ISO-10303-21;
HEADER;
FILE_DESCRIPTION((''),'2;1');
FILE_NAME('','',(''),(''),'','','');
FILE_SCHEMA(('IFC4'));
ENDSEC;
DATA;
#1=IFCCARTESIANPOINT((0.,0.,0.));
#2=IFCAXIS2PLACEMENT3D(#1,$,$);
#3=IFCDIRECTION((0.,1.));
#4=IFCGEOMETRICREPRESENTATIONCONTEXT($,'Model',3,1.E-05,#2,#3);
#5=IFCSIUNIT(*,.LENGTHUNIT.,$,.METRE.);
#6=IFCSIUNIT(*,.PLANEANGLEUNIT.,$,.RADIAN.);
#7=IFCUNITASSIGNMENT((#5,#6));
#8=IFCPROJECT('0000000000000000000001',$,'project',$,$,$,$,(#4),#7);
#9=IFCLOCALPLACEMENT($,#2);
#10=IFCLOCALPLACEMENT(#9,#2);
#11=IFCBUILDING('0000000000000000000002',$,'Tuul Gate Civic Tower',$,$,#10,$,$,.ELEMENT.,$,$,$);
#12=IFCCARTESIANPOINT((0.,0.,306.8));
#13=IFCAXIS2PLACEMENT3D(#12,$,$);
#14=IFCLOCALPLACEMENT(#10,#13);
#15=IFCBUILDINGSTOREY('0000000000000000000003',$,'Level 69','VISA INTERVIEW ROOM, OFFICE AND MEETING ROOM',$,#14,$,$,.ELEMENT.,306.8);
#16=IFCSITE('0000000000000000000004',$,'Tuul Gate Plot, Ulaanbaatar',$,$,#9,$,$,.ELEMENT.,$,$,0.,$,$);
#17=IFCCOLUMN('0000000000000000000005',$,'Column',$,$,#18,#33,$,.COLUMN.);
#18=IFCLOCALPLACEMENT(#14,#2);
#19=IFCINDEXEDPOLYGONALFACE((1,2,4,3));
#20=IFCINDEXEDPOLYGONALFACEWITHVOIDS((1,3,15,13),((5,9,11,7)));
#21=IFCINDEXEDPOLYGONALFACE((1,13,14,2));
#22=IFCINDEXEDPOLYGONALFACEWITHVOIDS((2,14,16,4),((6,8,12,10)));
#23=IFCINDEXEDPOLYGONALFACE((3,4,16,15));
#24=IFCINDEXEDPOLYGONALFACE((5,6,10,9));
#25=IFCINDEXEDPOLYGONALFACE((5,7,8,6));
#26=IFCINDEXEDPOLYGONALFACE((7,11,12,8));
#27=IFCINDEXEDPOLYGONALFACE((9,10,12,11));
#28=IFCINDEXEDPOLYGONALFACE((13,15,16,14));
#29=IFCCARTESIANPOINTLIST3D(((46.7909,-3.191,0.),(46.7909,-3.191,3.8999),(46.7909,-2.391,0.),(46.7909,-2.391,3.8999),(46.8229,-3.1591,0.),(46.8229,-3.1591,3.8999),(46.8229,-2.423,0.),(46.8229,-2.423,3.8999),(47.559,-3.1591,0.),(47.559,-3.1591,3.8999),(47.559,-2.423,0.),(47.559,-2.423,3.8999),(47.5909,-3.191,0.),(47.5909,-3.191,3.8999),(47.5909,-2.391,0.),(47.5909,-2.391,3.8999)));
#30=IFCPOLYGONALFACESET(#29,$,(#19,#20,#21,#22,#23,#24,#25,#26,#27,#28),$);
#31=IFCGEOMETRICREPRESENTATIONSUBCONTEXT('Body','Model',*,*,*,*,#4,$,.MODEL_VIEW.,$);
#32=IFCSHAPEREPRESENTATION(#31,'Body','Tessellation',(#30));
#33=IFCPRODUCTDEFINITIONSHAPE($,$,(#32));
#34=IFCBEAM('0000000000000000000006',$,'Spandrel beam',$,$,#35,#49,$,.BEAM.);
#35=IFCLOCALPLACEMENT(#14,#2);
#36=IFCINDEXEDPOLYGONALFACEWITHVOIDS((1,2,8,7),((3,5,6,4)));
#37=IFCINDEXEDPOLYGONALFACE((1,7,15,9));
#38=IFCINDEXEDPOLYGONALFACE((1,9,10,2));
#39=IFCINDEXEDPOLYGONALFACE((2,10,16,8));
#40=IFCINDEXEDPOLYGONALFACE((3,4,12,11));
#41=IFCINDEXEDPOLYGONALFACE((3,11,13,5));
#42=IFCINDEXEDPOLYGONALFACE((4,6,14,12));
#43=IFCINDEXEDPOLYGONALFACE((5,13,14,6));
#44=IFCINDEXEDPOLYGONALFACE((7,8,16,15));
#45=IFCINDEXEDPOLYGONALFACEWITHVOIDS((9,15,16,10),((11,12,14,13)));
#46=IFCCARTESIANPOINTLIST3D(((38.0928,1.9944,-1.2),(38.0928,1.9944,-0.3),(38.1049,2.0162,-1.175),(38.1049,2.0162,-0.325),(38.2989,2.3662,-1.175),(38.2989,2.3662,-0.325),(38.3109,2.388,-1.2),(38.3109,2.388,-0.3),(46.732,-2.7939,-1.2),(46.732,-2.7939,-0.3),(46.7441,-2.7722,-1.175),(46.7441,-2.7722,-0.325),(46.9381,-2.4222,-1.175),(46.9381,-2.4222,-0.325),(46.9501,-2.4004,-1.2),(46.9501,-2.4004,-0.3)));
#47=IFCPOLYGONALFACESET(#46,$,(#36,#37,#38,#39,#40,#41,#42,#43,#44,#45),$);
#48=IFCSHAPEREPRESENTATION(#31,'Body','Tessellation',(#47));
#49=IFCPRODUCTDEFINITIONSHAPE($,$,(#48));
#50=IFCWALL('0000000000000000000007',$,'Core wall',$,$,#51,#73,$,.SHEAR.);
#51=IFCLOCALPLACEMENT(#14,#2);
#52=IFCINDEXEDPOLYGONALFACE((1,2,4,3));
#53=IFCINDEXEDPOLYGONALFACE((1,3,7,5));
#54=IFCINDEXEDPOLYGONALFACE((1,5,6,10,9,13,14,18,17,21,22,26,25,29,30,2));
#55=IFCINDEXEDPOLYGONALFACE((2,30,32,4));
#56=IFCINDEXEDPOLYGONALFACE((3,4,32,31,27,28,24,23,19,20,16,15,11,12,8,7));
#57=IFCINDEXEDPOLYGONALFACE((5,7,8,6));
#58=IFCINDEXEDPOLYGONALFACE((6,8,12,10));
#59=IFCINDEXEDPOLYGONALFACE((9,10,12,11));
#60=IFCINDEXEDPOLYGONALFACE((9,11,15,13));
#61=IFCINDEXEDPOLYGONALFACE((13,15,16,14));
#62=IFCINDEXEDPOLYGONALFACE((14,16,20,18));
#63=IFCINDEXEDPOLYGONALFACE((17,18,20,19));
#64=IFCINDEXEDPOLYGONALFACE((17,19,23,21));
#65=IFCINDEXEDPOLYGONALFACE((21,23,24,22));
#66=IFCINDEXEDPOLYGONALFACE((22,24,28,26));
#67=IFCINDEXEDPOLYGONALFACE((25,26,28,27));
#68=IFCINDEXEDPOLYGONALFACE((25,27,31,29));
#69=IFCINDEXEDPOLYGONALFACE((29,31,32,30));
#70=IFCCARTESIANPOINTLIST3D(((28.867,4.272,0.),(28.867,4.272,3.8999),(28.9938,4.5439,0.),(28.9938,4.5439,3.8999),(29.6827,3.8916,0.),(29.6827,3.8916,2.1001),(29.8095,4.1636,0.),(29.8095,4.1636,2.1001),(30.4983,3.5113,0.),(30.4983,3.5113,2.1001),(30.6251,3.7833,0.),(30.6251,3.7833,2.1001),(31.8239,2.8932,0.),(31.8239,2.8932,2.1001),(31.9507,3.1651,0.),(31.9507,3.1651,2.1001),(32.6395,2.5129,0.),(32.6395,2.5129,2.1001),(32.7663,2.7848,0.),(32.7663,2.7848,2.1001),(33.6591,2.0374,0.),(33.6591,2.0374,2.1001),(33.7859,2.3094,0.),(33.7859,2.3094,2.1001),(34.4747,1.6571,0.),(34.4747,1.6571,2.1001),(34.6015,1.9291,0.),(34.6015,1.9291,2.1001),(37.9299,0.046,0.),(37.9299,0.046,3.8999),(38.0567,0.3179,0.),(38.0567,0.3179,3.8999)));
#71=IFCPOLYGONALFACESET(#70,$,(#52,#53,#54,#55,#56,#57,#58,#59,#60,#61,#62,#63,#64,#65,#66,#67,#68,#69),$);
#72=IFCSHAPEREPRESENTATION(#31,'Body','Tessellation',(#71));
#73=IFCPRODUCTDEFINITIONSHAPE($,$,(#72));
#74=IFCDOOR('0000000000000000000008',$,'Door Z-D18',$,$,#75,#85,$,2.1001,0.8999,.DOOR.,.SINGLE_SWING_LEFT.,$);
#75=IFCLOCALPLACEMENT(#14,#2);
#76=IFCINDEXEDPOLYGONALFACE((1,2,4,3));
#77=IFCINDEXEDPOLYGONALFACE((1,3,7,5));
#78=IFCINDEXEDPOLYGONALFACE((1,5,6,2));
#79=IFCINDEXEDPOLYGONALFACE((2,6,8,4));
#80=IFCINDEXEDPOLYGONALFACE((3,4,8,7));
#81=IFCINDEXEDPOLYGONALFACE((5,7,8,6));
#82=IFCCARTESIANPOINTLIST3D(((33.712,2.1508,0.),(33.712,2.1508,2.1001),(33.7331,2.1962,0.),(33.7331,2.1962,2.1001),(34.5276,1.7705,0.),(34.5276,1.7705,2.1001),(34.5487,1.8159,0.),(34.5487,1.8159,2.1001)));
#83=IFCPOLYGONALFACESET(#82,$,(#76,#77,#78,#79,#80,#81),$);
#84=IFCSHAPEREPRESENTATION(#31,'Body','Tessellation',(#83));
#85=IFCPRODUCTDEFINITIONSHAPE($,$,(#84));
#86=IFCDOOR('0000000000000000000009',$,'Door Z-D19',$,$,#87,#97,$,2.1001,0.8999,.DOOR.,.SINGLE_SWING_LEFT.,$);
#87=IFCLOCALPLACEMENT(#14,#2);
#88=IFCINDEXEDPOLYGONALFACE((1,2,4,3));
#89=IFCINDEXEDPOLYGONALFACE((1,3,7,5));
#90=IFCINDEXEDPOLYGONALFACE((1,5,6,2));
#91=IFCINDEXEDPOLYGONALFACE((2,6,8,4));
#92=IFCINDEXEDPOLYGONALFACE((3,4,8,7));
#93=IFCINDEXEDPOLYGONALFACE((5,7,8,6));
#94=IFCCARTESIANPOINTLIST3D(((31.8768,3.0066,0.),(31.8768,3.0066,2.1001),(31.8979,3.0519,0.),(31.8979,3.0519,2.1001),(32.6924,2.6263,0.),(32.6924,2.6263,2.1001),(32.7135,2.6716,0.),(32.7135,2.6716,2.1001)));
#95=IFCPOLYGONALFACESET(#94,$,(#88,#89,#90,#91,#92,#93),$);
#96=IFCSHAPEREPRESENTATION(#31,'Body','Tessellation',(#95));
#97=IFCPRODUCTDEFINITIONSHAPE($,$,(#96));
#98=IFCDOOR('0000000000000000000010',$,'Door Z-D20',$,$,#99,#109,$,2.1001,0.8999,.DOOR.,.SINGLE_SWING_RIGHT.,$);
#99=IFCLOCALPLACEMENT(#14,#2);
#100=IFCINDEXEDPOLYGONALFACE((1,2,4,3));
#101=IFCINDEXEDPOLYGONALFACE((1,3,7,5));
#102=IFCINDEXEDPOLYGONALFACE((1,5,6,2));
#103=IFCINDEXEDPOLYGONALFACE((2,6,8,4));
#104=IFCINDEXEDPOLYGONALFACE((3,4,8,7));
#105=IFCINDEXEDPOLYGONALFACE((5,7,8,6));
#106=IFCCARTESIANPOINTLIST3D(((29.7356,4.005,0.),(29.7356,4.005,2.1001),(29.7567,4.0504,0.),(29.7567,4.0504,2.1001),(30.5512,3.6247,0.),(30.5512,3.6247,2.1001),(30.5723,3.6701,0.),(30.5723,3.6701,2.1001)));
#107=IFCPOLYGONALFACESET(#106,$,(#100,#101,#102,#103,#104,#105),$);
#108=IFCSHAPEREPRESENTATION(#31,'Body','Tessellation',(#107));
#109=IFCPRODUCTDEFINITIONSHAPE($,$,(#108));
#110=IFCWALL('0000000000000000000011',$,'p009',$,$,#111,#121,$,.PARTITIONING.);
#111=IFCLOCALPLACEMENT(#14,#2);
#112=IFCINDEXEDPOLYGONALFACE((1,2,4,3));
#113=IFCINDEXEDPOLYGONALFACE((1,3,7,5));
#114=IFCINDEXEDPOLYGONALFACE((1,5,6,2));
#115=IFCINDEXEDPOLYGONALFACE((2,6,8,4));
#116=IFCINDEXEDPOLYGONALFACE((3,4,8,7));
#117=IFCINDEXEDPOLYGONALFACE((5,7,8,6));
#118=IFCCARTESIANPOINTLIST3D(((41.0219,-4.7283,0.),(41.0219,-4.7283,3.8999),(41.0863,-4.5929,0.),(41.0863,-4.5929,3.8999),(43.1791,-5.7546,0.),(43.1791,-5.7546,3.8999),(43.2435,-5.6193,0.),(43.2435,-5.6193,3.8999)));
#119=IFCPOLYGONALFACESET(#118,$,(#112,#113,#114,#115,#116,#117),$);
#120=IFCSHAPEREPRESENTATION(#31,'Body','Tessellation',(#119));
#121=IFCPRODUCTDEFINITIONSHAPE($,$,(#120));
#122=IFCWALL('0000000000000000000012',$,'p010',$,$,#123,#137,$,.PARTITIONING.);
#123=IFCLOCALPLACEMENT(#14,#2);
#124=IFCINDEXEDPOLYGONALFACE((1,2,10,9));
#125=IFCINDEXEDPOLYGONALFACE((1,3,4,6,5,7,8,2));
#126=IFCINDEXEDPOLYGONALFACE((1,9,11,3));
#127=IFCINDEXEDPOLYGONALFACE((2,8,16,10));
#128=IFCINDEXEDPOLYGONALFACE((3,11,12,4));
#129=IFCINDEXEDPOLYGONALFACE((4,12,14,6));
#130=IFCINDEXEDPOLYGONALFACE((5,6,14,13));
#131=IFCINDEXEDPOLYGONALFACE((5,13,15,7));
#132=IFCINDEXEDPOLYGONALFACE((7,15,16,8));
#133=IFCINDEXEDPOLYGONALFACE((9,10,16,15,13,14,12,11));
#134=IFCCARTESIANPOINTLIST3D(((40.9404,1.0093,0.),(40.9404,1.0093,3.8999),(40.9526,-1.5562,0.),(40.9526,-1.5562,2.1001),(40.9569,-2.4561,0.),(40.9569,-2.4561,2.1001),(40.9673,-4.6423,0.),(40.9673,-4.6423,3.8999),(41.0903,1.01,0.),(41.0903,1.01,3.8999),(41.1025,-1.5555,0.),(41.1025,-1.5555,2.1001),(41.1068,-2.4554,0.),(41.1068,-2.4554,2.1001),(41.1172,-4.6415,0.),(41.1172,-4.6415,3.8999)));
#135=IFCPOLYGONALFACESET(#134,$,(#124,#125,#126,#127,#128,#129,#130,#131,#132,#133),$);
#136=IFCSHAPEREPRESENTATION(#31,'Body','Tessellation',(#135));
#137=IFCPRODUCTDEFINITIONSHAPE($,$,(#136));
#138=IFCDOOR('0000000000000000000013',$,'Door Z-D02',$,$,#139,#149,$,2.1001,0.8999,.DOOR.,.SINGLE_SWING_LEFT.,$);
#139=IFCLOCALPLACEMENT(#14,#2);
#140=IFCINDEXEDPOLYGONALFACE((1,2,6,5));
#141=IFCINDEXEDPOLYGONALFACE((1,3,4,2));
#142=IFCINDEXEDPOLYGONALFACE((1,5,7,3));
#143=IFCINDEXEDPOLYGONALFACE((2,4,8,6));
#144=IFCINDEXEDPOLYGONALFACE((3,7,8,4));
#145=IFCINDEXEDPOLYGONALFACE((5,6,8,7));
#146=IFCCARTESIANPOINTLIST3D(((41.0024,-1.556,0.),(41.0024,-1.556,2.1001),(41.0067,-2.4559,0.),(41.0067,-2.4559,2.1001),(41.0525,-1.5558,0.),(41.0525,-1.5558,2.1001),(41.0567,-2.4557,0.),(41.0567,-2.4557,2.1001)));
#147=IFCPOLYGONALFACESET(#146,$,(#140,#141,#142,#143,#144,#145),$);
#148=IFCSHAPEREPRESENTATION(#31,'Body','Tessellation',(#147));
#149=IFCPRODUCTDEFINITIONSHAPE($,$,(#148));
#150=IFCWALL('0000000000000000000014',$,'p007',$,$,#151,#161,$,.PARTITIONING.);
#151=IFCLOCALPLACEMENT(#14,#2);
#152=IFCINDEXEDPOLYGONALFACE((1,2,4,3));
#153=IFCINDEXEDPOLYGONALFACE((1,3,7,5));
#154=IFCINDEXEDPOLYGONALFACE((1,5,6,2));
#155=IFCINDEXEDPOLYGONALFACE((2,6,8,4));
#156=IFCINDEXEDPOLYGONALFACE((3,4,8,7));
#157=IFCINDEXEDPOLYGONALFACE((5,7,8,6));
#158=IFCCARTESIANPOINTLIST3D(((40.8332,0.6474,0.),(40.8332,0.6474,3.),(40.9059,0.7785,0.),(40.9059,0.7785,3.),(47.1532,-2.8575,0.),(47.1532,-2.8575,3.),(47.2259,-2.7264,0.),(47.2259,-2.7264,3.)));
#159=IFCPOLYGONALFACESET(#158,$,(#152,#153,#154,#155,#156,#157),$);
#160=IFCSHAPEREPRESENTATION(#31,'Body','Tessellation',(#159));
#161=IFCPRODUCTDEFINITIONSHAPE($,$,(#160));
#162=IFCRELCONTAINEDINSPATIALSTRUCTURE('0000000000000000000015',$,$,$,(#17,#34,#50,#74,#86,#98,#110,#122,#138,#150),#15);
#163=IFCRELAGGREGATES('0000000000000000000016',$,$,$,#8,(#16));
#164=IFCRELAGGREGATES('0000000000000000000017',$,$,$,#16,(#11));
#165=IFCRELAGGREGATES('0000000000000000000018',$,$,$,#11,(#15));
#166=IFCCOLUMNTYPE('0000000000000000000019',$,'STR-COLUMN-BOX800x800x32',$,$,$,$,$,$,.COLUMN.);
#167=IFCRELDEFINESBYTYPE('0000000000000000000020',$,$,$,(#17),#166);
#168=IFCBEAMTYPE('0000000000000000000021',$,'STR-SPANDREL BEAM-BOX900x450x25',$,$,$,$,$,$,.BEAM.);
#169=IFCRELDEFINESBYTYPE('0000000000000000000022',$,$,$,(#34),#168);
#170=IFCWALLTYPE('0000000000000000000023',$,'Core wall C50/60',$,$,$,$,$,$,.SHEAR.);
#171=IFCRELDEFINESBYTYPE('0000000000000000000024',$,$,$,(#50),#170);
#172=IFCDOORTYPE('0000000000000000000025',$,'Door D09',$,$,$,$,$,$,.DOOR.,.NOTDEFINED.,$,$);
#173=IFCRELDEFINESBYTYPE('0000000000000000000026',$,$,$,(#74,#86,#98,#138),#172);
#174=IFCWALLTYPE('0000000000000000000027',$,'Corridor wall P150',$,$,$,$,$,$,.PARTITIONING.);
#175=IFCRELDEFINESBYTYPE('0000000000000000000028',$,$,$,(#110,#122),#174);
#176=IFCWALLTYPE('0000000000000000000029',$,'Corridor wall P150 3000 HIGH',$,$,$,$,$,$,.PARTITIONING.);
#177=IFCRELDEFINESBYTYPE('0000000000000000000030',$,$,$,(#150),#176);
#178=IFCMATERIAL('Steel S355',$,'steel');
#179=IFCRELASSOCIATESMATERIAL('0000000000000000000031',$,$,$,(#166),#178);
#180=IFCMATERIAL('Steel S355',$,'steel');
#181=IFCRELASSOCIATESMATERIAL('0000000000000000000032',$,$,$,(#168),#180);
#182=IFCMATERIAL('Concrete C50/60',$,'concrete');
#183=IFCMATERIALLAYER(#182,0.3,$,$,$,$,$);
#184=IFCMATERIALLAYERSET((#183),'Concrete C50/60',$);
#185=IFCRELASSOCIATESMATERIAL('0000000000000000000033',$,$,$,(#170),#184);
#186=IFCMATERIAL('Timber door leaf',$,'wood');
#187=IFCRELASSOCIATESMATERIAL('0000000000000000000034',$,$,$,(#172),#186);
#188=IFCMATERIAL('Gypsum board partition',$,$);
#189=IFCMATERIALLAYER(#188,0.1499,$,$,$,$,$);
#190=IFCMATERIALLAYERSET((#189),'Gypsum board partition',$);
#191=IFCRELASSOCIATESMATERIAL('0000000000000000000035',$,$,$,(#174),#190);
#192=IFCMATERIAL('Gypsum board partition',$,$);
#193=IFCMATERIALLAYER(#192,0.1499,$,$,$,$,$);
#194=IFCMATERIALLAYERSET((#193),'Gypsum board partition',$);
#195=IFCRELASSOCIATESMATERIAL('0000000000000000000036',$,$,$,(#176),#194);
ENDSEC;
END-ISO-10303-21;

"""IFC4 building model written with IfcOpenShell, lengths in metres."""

from ifc_helpers import new_model, si_unit, direction, frame, frame_2d, origin, origin_2d, place, context, subcontext, project, spatial, rectangle, hollow_rectangle, extrude, material, layer, layer_set, material_profile, profile_set, type_object, element, fill, save


model = new_model("IFC4")

# Units and contexts
model_context = context("Model", 3, precision=1e-05, world=origin(), true_north=direction((0.0, 1.0)))
body_context = subcontext(model_context, "Body", "Model", "MODEL_VIEW")
ifc_project = project(units=[si_unit("LENGTHUNIT", "METRE"), si_unit("PLANEANGLEUNIT", "RADIAN")], contexts=[model_context])

# Site, building, storey
site_placement = place(None, origin())
site = spatial("IfcSite", under=ifc_project, at=site_placement, Name="Tuul Gate Plot, Ulaanbaatar", CompositionType="ELEMENT", RefElevation=0.0)
building_placement = place(site_placement, origin())
building = spatial("IfcBuilding", under=site, at=building_placement, Name="Tuul Gate Civic Tower", CompositionType="ELEMENT")
storey_placement = place(building_placement, frame((0.0, 0.0, 306.8)))
storey = spatial("IfcBuildingStorey", under=building, at=storey_placement, Name="Level 69", Description="VISA INTERVIEW ROOM, OFFICE AND MEETING ROOM", CompositionType="ELEMENT", Elevation=306.8)

# Column
ifc_material_1 = material(Name="Steel S355", Category="steel")
ifc_material_profile_1 = material_profile(ifc_material_1, hollow_rectangle(XDim=0.8, YDim=0.8, WallThickness=0.032, at=origin_2d()), Name="BOX800x800x32")
ifc_profile_set_1 = profile_set([ifc_material_profile_1], Name="Steel S355")
column_type = type_object("IfcColumnType", Name="STR-COLUMN-BOX800x800x32", PredefinedType="COLUMN", material=ifc_profile_set_1)
column_placement = place(storey_placement, frame((47.1909, -2.791, 0.0), z_axis=(0.0, 0.0, 1.0), x_axis=(1.0, 0.0, 0.0)))
element("IfcColumn", 1, at=column_placement, inside=storey, type_object=column_type, Name="Column", PredefinedType="COLUMN", context=body_context, shape_type="SweptSolid", body=[
    extrude(hollow_rectangle(XDim=0.8, YDim=0.8, WallThickness=0.032, at=origin_2d()), origin(), (0.0, 0.0, 1.0), 3.8999),
])

# Beam
ifc_material_2 = material(Name="Steel S355", Category="steel")
ifc_material_profile_2 = material_profile(ifc_material_2, hollow_rectangle(XDim=0.45, YDim=0.8999, WallThickness=0.0249, at=origin_2d()), Name="BOX900x450x25")
ifc_profile_set_2 = profile_set([ifc_material_profile_2], Name="Steel S355")
beam_type = type_object("IfcBeamType", Name="STR-SPANDREL BEAM-BOX900x450x25", PredefinedType="BEAM", material=ifc_profile_set_2)
beam_placement = place(storey_placement, frame((46.8411, -2.5972, -0.75), z_axis=(-0.874638, 0.484776, 0.0), x_axis=(-0.484776, -0.874638, 0.0)))
element("IfcBeam", 2, at=beam_placement, inside=storey, type_object=beam_type, Name="Spandrel beam", PredefinedType="BEAM", context=body_context, shape_type="SweptSolid", body=[
    extrude(hollow_rectangle(XDim=0.45, YDim=0.8999, WallThickness=0.0249, at=origin_2d()), origin(), (0.0, 0.0, 1.0), 9.8774),
])

# Wall, openings, doors
ifc_material_3 = material(Name="Concrete C50/60", Category="concrete")
ifc_layer_1 = layer(ifc_material_3, 0.3)
ifc_layer_set_1 = layer_set([ifc_layer_1], Name="Concrete C50/60")
wall_type_1 = type_object("IfcWallType", Name="Core wall C50/60", PredefinedType="SHEAR", material=ifc_layer_set_1)
wall_1_placement = place(storey_placement, frame((37.9934, 0.1819, 0.0), z_axis=(0.0, 0.0, 1.0), x_axis=(-0.90631, 0.422613, 0.0)))
wall_1 = element("IfcWall", 3, at=wall_1_placement, inside=storey, type_object=wall_type_1, Name="Core wall", PredefinedType="SHEAR", context=body_context, shape_type="SweptSolid", body=[
    extrude(rectangle(XDim=9.9998, YDim=0.3, at=frame_2d((5.0, 0.0))), origin(), (0.0, 0.0, 1.0), 3.8999),
])
opening_1_placement = place(wall_1_placement, frame((3.8125, 0.0, 0.0)))
opening_1 = element("IfcOpeningElement", 4, at=opening_1_placement, cuts=wall_1, PredefinedType="OPENING", context=body_context, shape_type="SweptSolid", body=[
    extrude(rectangle(XDim=0.8999, YDim=2.1001, at=frame_2d((0.45, 1.05))), frame((0.0, 0.1602, 0.0), z_axis=(0.0, -1.0, 0.0), x_axis=(1.0, 0.0, 0.0)), (0.0, 0.0, 1.0), 0.3201),
])
opening_2_placement = place(wall_1_placement, frame((5.8374, 0.0, 0.0)))
opening_2 = element("IfcOpeningElement", 5, at=opening_2_placement, cuts=wall_1, PredefinedType="OPENING", context=body_context, shape_type="SweptSolid", body=[
    extrude(rectangle(XDim=0.8999, YDim=2.1001, at=frame_2d((0.45, 1.05))), frame((0.0, 0.1602, 0.0), z_axis=(0.0, -1.0, 0.0), x_axis=(1.0, 0.0, 0.0)), (0.0, 0.0, 1.0), 0.3201),
])
opening_3_placement = place(wall_1_placement, frame((8.2, 0.0, 0.0)))
opening_3 = element("IfcOpeningElement", 6, at=opening_3_placement, cuts=wall_1, PredefinedType="OPENING", context=body_context, shape_type="SweptSolid", body=[
    extrude(rectangle(XDim=0.8999, YDim=2.1001, at=frame_2d((0.45, 1.05))), frame((0.0, 0.1602, 0.0), z_axis=(0.0, -1.0, 0.0), x_axis=(1.0, 0.0, 0.0)), (0.0, 0.0, 1.0), 0.3201),
])
ifc_material_4 = material(Name="Timber door leaf", Category="wood")
door_type = type_object("IfcDoorType", Name="Door D09", OperationType="NOTDEFINED", PredefinedType="DOOR", material=ifc_material_4)
door_1_placement = place(opening_1_placement, origin())
door_1 = element("IfcDoor", 7, at=door_1_placement, inside=storey, type_object=door_type, Name="Door Z-D18", OperationType="SINGLE_SWING_LEFT", OverallHeight=2.1001, OverallWidth=0.8999, PredefinedType="DOOR", context=body_context, shape_type="SweptSolid", body=[
    extrude(rectangle(XDim=0.8999, YDim=2.1001, at=frame_2d((0.45, 1.05))), frame((0.0, 0.0249, 0.0), z_axis=(0.0, -1.0, 0.0), x_axis=(1.0, 0.0, 0.0)), (0.0, 0.0, 1.0), 0.05),
])
fill(opening_1, door_1)
door_2_placement = place(opening_2_placement, origin())
door_2 = element("IfcDoor", 8, at=door_2_placement, inside=storey, type_object=door_type, Name="Door Z-D19", OperationType="SINGLE_SWING_LEFT", OverallHeight=2.1001, OverallWidth=0.8999, PredefinedType="DOOR", context=body_context, shape_type="SweptSolid", body=[
    extrude(rectangle(XDim=0.8999, YDim=2.1001, at=frame_2d((0.45, 1.05))), frame((0.0, 0.0249, 0.0), z_axis=(0.0, -1.0, 0.0), x_axis=(1.0, 0.0, 0.0)), (0.0, 0.0, 1.0), 0.05),
])
fill(opening_2, door_2)
door_3_placement = place(opening_3_placement, origin())
door_3 = element("IfcDoor", 9, at=door_3_placement, inside=storey, type_object=door_type, Name="Door Z-D20", OperationType="SINGLE_SWING_RIGHT", OverallHeight=2.1001, OverallWidth=0.8999, PredefinedType="DOOR", context=body_context, shape_type="SweptSolid", body=[
    extrude(rectangle(XDim=0.8999, YDim=2.1001, at=frame_2d((0.45, 1.05))), frame((0.0, 0.0249, 0.0), z_axis=(0.0, -1.0, 0.0), x_axis=(1.0, 0.0, 0.0)), (0.0, 0.0, 1.0), 0.05),
])
fill(opening_3, door_3)

# Wall
ifc_material_5 = material(Name="Gypsum board partition")
ifc_layer_2 = layer(ifc_material_5, 0.1499)
ifc_layer_set_2 = layer_set([ifc_layer_2], Name="Gypsum board partition")
wall_type_2 = type_object("IfcWallType", Name="Corridor wall P150", PredefinedType="PARTITIONING", material=ifc_layer_set_2)
wall_2_placement = place(storey_placement, frame((41.0542, -4.6606, 0.0), z_axis=(0.0, 0.0, 1.0), x_axis=(0.903004, -0.429632, 0.0)))
element("IfcWall", 10, at=wall_2_placement, inside=storey, type_object=wall_type_2, Name="p009", PredefinedType="PARTITIONING", context=body_context, shape_type="SweptSolid", body=[
    extrude(rectangle(XDim=2.3889, YDim=0.1499, at=frame_2d((1.1943, 0.0))), origin(), (0.0, 0.0, 1.0), 3.8999),
])

# Wall, opening, door
wall_3_placement = place(storey_placement, frame((41.0154, 1.0095, 0.0), z_axis=(0.0, 0.0, 1.0), x_axis=(0.004752, -0.999989, 0.0)))
wall_3 = element("IfcWall", 11, at=wall_3_placement, inside=storey, type_object=wall_type_2, Name="p010", PredefinedType="PARTITIONING", context=body_context, shape_type="SweptSolid", body=[
    extrude(rectangle(XDim=5.6516, YDim=0.1499, at=frame_2d((2.8257, 0.0))), origin(), (0.0, 0.0, 1.0), 3.8999),
])
opening_4_placement = place(wall_3_placement, frame((2.5654, 0.0, 0.0)))
opening_4 = element("IfcOpeningElement", 12, at=opening_4_placement, cuts=wall_3, PredefinedType="OPENING", context=body_context, shape_type="SweptSolid", body=[
    extrude(rectangle(XDim=0.8999, YDim=2.1001, at=frame_2d((0.45, 1.05))), frame((0.0, 0.085, 0.0), z_axis=(0.0, -1.0, 0.0), x_axis=(1.0, 0.0, 0.0)), (0.0, 0.0, 1.0), 0.1699),
])
door_4_placement = place(opening_4_placement, origin())
door_4 = element("IfcDoor", 13, at=door_4_placement, inside=storey, type_object=door_type, Name="Door Z-D02", OperationType="SINGLE_SWING_LEFT", OverallHeight=2.1001, OverallWidth=0.8999, PredefinedType="DOOR", context=body_context, shape_type="SweptSolid", body=[
    extrude(rectangle(XDim=0.8999, YDim=2.1001, at=frame_2d((0.45, 1.05))), frame((0.0, 0.0249, 0.0), z_axis=(0.0, -1.0, 0.0), x_axis=(1.0, 0.0, 0.0)), (0.0, 0.0, 1.0), 0.05),
])
fill(opening_4, door_4)

# Wall
ifc_material_6 = material(Name="Gypsum board partition")
ifc_layer_3 = layer(ifc_material_6, 0.1499)
ifc_layer_set_3 = layer_set([ifc_layer_3], Name="Gypsum board partition")
wall_type_3 = type_object("IfcWallType", Name="Corridor wall P150 3000 HIGH", PredefinedType="PARTITIONING", material=ifc_layer_set_3)
wall_4_placement = place(storey_placement, frame((40.8696, 0.7129, 0.0), z_axis=(0.0, 0.0, 1.0), x_axis=(0.874525, -0.48498, 0.0)))
element("IfcWall", 14, at=wall_4_placement, inside=storey, type_object=wall_type_3, Name="p007", PredefinedType="PARTITIONING", context=body_context, shape_type="SweptSolid", body=[
    extrude(rectangle(XDim=7.2268, YDim=0.1499, at=frame_2d((3.6133, 0.0))), origin(), (0.0, 0.0, 1.0), 3.0),
])

save(model, "model.ifc")
